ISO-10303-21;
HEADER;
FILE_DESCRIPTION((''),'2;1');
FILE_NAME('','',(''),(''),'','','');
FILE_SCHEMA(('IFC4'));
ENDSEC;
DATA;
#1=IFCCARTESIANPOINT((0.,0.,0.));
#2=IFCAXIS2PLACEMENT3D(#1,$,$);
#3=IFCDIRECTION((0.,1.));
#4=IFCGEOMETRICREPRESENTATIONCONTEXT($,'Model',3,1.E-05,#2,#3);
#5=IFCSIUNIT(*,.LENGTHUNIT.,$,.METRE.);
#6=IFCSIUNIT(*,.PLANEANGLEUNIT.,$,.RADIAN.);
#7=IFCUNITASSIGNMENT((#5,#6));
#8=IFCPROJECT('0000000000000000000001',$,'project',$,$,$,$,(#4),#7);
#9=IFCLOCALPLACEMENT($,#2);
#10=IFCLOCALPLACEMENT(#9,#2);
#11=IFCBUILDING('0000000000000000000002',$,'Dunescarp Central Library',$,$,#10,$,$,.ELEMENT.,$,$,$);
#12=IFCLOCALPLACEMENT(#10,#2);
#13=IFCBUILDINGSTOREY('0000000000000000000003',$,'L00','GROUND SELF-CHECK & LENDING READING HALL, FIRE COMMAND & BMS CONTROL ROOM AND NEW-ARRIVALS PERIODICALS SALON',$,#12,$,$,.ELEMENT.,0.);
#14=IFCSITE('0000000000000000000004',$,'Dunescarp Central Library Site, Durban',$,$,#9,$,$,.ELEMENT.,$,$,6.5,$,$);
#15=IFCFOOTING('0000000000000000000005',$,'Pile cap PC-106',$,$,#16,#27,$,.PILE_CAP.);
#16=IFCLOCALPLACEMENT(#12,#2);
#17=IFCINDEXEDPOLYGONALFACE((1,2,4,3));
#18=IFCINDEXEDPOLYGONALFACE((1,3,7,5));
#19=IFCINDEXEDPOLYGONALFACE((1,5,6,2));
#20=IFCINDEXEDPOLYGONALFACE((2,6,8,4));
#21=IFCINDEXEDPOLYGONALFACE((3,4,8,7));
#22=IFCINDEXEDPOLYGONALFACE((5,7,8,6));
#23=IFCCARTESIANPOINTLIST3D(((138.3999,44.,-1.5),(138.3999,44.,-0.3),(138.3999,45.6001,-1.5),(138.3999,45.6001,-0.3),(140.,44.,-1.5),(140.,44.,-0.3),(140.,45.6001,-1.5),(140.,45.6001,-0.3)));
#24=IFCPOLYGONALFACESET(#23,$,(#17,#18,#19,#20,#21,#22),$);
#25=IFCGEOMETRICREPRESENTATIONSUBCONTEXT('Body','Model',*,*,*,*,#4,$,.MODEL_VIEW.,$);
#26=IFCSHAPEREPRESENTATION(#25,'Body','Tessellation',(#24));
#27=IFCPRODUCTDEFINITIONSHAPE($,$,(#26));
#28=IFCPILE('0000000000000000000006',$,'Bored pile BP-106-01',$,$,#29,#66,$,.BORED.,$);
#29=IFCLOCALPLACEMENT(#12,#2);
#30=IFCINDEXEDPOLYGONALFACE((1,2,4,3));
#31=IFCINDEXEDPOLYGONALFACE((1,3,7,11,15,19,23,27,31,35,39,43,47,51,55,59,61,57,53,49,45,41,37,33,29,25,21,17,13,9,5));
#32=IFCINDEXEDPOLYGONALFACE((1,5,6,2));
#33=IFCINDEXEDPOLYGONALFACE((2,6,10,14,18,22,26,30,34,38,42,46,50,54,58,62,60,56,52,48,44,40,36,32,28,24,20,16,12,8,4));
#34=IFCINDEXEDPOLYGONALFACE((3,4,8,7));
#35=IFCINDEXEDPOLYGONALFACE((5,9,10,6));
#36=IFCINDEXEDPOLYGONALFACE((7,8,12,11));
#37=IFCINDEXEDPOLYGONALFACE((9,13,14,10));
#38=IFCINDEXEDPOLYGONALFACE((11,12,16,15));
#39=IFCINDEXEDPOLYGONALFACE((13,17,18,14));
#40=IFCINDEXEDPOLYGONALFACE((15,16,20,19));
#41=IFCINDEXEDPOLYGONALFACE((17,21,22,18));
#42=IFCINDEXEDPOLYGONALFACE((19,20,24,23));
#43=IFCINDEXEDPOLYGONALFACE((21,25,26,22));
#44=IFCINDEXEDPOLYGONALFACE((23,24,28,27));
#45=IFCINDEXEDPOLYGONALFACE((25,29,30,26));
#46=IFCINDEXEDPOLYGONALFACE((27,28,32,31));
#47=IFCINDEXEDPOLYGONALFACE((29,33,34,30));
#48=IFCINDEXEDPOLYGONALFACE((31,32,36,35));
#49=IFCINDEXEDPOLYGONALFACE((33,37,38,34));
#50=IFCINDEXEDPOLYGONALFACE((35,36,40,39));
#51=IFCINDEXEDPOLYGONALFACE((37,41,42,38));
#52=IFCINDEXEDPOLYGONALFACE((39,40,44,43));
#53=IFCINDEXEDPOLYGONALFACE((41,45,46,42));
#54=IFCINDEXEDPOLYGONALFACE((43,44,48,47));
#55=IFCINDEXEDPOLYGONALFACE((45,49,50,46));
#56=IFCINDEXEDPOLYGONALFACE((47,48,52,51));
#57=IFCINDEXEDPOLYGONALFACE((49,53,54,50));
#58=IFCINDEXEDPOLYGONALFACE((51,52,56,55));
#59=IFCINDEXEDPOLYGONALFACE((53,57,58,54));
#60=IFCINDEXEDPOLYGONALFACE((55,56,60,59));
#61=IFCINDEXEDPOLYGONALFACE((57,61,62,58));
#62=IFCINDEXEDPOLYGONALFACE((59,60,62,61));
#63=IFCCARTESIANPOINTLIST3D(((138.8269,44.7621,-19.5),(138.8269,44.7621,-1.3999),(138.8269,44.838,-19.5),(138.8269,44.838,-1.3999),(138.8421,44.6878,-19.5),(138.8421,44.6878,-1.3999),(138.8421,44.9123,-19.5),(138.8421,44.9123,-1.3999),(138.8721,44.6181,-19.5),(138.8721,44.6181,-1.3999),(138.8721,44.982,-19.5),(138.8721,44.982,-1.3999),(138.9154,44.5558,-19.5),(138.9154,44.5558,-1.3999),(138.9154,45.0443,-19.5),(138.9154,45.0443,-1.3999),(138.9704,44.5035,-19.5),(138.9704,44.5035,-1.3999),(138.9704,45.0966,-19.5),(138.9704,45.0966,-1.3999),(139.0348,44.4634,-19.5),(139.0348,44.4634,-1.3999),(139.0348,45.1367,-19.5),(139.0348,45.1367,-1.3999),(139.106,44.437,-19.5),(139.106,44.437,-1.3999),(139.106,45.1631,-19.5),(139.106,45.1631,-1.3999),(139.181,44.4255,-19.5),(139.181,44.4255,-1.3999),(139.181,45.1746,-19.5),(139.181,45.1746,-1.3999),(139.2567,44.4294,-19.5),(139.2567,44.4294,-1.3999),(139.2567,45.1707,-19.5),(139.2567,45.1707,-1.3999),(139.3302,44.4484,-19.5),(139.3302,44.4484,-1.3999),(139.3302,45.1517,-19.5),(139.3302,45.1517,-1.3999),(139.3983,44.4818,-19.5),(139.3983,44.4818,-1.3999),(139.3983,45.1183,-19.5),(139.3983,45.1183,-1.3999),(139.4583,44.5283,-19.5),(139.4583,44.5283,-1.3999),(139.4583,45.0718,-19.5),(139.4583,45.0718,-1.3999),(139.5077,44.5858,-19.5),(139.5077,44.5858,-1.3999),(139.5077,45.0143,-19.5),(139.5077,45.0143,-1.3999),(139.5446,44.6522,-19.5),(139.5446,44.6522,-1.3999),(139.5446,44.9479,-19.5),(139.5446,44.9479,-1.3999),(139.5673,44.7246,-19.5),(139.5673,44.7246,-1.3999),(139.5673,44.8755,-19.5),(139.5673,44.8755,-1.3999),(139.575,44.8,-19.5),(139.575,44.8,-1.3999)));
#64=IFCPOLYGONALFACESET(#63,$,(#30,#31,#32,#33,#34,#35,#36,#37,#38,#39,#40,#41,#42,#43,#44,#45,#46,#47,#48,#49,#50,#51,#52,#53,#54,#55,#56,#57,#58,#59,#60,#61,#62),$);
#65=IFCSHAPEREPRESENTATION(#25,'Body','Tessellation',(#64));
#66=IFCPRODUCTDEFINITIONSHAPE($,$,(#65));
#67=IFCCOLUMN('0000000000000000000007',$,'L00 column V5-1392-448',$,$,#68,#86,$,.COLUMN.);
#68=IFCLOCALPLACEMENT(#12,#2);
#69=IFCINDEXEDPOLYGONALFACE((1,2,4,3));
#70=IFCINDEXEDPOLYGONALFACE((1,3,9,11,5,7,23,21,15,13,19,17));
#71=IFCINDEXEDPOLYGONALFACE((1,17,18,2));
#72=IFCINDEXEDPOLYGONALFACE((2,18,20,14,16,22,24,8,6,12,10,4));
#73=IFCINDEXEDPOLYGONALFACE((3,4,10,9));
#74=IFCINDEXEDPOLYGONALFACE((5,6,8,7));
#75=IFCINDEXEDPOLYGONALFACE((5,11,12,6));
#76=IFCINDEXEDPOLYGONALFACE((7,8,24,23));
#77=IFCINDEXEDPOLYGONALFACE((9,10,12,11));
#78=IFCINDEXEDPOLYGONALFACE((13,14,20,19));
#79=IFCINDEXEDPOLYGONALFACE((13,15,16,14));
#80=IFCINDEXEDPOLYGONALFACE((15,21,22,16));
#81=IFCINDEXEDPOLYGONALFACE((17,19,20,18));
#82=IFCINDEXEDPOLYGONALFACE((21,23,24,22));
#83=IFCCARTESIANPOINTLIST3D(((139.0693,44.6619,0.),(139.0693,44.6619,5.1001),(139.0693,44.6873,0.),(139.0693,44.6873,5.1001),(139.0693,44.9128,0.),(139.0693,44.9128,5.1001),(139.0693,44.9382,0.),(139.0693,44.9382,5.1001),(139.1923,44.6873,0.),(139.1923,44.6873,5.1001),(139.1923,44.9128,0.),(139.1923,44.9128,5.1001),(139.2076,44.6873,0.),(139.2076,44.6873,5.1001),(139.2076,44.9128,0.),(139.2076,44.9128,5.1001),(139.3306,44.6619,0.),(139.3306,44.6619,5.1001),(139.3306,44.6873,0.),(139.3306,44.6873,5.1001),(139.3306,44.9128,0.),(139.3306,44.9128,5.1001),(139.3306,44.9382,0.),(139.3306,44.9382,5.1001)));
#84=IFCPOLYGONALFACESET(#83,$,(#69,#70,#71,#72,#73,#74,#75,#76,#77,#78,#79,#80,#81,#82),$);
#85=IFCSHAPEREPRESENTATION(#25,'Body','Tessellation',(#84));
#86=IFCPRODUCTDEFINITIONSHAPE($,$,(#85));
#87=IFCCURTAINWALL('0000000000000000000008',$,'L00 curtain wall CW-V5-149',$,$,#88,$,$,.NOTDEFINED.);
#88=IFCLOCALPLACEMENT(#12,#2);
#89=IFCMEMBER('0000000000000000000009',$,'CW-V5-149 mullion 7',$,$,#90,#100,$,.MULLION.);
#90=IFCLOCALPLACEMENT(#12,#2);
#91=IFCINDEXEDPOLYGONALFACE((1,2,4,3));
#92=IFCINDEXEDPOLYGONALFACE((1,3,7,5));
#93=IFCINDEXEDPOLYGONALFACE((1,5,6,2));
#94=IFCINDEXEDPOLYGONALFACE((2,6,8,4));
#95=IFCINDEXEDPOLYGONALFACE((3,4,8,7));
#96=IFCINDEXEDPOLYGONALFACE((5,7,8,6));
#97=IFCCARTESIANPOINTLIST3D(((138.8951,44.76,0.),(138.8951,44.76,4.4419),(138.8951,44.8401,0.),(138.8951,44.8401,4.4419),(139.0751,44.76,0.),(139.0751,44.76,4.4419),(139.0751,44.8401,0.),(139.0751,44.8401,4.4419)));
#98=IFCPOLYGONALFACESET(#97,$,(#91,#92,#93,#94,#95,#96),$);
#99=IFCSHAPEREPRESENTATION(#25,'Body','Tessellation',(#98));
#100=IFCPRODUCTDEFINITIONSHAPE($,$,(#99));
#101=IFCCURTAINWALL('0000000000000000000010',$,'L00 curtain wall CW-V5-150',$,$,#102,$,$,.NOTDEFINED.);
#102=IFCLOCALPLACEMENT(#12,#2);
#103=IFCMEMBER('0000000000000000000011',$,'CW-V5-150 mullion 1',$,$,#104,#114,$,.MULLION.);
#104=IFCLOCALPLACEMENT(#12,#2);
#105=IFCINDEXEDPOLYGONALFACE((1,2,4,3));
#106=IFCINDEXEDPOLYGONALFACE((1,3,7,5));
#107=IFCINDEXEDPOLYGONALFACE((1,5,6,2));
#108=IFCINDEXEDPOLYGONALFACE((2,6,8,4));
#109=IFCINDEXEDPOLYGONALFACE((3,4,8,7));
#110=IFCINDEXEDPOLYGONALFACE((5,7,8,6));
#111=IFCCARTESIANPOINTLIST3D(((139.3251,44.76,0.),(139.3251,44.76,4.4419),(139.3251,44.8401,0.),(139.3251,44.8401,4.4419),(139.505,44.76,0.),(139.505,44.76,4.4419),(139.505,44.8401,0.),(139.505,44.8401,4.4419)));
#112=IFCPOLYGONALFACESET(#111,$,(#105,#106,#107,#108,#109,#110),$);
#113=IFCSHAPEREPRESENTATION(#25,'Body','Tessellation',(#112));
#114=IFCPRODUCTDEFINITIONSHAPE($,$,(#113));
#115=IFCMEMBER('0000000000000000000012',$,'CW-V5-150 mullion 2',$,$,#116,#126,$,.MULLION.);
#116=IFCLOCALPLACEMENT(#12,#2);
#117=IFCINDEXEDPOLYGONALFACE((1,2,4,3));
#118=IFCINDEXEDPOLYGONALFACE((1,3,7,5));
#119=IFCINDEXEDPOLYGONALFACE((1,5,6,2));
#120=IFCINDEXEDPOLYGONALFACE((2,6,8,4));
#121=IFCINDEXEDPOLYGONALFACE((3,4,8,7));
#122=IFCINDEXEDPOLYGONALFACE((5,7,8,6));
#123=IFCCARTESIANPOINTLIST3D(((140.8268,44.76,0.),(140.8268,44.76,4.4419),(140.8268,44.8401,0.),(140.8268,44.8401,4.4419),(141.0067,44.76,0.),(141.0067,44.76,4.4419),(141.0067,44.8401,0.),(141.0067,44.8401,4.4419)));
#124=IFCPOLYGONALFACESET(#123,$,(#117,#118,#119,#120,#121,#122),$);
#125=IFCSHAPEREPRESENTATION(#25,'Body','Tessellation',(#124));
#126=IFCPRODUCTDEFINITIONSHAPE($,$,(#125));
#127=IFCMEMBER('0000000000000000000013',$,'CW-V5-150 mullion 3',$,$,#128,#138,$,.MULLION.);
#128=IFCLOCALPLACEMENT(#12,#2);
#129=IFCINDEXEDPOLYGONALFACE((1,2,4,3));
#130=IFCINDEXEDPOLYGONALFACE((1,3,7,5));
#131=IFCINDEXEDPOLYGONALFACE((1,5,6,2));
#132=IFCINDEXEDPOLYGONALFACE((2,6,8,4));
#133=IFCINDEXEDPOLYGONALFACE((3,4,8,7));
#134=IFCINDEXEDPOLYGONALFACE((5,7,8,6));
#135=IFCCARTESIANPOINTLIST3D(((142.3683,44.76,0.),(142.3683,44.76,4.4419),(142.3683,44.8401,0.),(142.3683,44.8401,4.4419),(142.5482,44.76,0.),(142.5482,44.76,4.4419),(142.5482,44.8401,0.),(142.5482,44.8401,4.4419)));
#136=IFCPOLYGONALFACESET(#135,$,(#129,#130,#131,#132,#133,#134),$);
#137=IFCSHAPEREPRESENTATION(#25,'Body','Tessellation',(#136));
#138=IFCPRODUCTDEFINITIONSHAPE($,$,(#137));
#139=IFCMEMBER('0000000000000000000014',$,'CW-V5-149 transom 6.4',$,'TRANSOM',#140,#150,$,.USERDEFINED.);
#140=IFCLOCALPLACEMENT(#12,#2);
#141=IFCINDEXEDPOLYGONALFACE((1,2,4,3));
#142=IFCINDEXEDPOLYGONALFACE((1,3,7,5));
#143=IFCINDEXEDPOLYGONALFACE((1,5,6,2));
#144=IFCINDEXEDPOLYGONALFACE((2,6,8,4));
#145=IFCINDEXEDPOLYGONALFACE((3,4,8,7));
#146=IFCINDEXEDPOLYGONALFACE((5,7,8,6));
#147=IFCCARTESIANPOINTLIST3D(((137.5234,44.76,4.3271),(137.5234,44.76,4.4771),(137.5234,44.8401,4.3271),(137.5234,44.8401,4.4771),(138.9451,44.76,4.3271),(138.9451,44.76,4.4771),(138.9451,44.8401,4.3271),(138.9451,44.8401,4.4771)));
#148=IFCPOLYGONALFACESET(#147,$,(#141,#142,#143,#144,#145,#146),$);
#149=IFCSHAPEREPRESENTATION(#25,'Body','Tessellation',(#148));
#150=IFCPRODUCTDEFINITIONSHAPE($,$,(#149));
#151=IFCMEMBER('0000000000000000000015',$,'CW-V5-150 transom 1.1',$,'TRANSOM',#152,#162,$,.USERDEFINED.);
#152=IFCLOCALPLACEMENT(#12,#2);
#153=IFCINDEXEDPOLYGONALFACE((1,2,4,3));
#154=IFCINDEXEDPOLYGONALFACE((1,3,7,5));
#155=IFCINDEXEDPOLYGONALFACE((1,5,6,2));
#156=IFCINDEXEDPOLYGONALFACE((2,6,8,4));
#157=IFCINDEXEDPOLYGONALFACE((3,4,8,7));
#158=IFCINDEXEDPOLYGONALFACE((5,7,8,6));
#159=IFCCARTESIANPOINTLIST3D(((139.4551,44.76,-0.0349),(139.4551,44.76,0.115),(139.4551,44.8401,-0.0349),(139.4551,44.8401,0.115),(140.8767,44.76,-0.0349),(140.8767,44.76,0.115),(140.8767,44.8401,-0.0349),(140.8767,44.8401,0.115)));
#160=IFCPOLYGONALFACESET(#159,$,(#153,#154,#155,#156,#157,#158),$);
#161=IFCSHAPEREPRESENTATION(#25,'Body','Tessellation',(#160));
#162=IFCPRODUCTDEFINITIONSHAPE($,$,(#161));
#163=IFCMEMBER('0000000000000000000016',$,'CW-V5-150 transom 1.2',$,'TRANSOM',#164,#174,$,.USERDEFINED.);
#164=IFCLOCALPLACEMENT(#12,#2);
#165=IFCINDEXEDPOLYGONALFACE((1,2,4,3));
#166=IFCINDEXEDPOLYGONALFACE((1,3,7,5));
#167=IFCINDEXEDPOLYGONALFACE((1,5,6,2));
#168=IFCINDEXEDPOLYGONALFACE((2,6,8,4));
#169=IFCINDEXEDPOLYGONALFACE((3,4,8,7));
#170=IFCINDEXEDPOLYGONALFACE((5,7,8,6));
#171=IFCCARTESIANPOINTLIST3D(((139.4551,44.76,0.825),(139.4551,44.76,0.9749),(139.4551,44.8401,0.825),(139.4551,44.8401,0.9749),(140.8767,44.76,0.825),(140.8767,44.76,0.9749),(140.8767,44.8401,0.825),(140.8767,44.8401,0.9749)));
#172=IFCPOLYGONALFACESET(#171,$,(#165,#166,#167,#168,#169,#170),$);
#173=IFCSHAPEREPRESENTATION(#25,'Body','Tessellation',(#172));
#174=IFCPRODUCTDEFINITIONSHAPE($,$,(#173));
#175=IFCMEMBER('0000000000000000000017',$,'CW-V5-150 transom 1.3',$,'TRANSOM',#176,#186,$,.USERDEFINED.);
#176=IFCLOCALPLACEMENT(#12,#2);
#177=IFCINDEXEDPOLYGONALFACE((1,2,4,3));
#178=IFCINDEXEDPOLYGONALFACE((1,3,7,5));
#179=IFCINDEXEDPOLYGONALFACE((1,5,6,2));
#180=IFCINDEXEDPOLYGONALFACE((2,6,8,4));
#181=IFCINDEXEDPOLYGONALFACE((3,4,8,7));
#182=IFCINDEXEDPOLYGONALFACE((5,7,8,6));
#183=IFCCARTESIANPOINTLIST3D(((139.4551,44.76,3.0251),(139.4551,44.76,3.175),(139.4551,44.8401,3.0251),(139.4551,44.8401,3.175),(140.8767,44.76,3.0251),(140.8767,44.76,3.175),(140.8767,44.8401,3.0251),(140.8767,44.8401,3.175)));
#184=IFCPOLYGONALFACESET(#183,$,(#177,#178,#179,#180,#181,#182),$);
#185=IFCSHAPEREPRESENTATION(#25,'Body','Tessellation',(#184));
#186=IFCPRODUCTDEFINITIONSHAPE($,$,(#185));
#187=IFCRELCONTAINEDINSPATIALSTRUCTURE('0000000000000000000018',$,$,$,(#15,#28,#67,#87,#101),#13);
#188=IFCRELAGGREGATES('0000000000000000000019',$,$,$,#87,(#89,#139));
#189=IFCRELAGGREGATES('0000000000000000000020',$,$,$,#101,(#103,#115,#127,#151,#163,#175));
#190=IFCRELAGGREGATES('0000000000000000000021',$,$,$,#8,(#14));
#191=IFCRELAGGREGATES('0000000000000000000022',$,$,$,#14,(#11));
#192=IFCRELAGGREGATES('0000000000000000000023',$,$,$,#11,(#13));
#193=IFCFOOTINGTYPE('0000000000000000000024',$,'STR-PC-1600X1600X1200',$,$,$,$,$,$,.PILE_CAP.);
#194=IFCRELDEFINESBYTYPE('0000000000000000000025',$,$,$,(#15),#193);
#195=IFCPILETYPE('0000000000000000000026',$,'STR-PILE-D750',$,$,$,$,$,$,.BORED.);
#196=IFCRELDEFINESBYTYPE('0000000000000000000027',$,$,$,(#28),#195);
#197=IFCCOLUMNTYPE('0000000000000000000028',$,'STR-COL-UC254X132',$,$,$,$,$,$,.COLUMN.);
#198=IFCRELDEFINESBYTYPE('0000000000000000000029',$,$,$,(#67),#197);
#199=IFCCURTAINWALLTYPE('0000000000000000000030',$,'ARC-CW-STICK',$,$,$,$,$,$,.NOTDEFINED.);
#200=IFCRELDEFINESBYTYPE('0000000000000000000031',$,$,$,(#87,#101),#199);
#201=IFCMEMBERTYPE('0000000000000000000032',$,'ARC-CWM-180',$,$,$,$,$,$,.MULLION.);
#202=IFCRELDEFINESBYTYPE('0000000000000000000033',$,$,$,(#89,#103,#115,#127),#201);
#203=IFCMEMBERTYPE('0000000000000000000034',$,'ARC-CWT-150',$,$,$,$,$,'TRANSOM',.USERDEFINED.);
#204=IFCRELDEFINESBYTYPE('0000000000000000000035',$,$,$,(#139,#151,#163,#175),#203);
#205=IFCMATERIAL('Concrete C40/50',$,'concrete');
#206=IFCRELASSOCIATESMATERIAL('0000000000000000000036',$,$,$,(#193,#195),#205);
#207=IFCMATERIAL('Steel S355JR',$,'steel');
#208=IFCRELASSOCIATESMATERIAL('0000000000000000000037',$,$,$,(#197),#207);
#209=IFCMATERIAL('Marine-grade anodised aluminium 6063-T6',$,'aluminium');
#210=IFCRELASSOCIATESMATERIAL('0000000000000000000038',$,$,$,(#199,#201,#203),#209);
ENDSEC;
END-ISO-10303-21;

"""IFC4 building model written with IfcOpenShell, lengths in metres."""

from ifc_helpers import new_model, si_unit, direction, frame, origin, origin_2d, place, context, subcontext, project, spatial, rectangle, circle, i_section, extrude, material, material_profile, profile_set, type_object, element, aggregate, save


model = new_model("IFC4")

# Units and contexts
model_context = context("Model", 3, precision=1e-05, world=origin(), true_north=direction((0.0, 1.0)))
body_context = subcontext(model_context, "Body", "Model", "MODEL_VIEW")
ifc_project = project(units=[si_unit("LENGTHUNIT", "METRE"), si_unit("PLANEANGLEUNIT", "RADIAN")], contexts=[model_context])

# Site, building, storey
site_placement = place(None, origin())
site = spatial("IfcSite", under=ifc_project, at=site_placement, Name="Dunescarp Central Library Site, Durban", CompositionType="ELEMENT", RefElevation=6.5)
building_placement = place(site_placement, origin())
building = spatial("IfcBuilding", under=site, at=building_placement, Name="Dunescarp Central Library", CompositionType="ELEMENT")
storey_placement = place(building_placement, origin())
storey = spatial("IfcBuildingStorey", under=building, at=storey_placement, Name="L00", Description="GROUND SELF-CHECK & LENDING READING HALL, FIRE COMMAND & BMS CONTROL ROOM AND NEW-ARRIVALS PERIODICALS SALON", CompositionType="ELEMENT", Elevation=0.0)

# Footing
ifc_material_1 = material(Name="Concrete C40/50", Category="concrete")
footing_type = type_object("IfcFootingType", Name="STR-PC-1600X1600X1200", PredefinedType="PILE_CAP", material=ifc_material_1)
footing_placement = place(storey_placement, frame((139.2, 44.8, -1.5), z_axis=(0.0, 0.0, 1.0), x_axis=(1.0, 0.0, 0.0)))
element("IfcFooting", 1, at=footing_placement, inside=storey, type_object=footing_type, Name="Pile cap PC-106", PredefinedType="PILE_CAP", context=body_context, shape_type="SweptSolid", body=[
    extrude(rectangle(XDim=1.6001, YDim=1.6001, at=origin_2d()), origin(), (0.0, 0.0, 1.0), 1.2),
])

# Pile
ifc_material_profile_1 = material_profile(ifc_material_1, circle(Radius=0.375, at=origin_2d()), Name="PILE D750")
ifc_profile_set_1 = profile_set([ifc_material_profile_1], Name="Concrete C40/50")
pile_type = type_object("IfcPileType", Name="STR-PILE-D750", PredefinedType="BORED", material=ifc_profile_set_1)
pile_placement = place(storey_placement, frame((139.2, 44.8, -1.3999), z_axis=(0.0, 0.0, -1.0), x_axis=(1.0, 0.0, 0.0)))
element("IfcPile", 2, at=pile_placement, inside=storey, type_object=pile_type, Name="Bored pile BP-106-01", PredefinedType="BORED", context=body_context, shape_type="SweptSolid", body=[
    extrude(circle(Radius=0.375, at=origin_2d()), origin(), (0.0, 0.0, 1.0), 18.1001),
])

# Column
ifc_material_2 = material(Name="Steel S355JR", Category="steel")
ifc_material_profile_2 = material_profile(ifc_material_2, i_section(OverallWidth=0.2612, OverallDepth=0.2764, WebThickness=0.0154, FlangeThickness=0.0254, at=origin_2d()), Name="UC 254x254x132")
ifc_profile_set_2 = profile_set([ifc_material_profile_2], Name="Steel S355JR")
column_type = type_object("IfcColumnType", Name="STR-COL-UC254X132", PredefinedType="COLUMN", material=ifc_profile_set_2)
column_placement = place(storey_placement, frame((139.2, 44.8, 0.0), z_axis=(0.0, 0.0, 1.0), x_axis=(1.0, 0.0, 0.0)))
element("IfcColumn", 3, at=column_placement, inside=storey, type_object=column_type, Name="L00 column V5-1392-448", PredefinedType="COLUMN", context=body_context, shape_type="SweptSolid", body=[
    extrude(i_section(OverallWidth=0.2612, OverallDepth=0.2764, WebThickness=0.0154, FlangeThickness=0.0254, at=origin_2d()), origin(), (0.0, 0.0, 1.0), 5.1001),
])

# Curtain wall, member
ifc_material_3 = material(Name="Marine-grade anodised aluminium 6063-T6", Category="aluminium")
curtain_wall_type = type_object("IfcCurtainWallType", Name="ARC-CW-STICK", PredefinedType="NOTDEFINED", material=ifc_material_3)
curtain_wall_1_placement = place(storey_placement, origin())
curtain_wall_1 = element("IfcCurtainWall", 4, at=curtain_wall_1_placement, inside=storey, type_object=curtain_wall_type, Name="L00 curtain wall CW-V5-149", PredefinedType="NOTDEFINED")
ifc_material_profile_3 = material_profile(ifc_material_3, rectangle(XDim=0.0801, YDim=0.1799, at=origin_2d()), Name="AL 80x180")
ifc_profile_set_3 = profile_set([ifc_material_profile_3], Name="Marine-grade anodised aluminium 6063-T6")
member_type_1 = type_object("IfcMemberType", Name="ARC-CWM-180", PredefinedType="MULLION", material=ifc_profile_set_3)
member_1_placement = place(storey_placement, frame((138.9851, 44.8, 0.0), z_axis=(0.0, 0.0, 1.0), x_axis=(0.0, 1.0, 0.0)))
member_1 = element("IfcMember", 5, at=member_1_placement, type_object=member_type_1, Name="CW-V5-149 mullion 7", PredefinedType="MULLION", context=body_context, shape_type="SweptSolid", body=[
    extrude(rectangle(XDim=0.0801, YDim=0.1799, at=origin_2d()), origin(), (0.0, 0.0, 1.0), 4.4419),
])

# Curtain wall, members
curtain_wall_2_placement = place(storey_placement, origin())
curtain_wall_2 = element("IfcCurtainWall", 6, at=curtain_wall_2_placement, inside=storey, type_object=curtain_wall_type, Name="L00 curtain wall CW-V5-150", PredefinedType="NOTDEFINED")
member_2_placement = place(storey_placement, frame((139.415, 44.8, 0.0), z_axis=(0.0, 0.0, 1.0), x_axis=(0.0, 1.0, 0.0)))
member_2 = element("IfcMember", 7, at=member_2_placement, type_object=member_type_1, Name="CW-V5-150 mullion 1", PredefinedType="MULLION", context=body_context, shape_type="SweptSolid", body=[
    extrude(rectangle(XDim=0.0801, YDim=0.1799, at=origin_2d()), origin(), (0.0, 0.0, 1.0), 4.4419),
])
member_3_placement = place(storey_placement, frame((140.9167, 44.8, 0.0), z_axis=(0.0, 0.0, 1.0), x_axis=(0.0, 1.0, 0.0)))
member_3 = element("IfcMember", 8, at=member_3_placement, type_object=member_type_1, Name="CW-V5-150 mullion 2", PredefinedType="MULLION", context=body_context, shape_type="SweptSolid", body=[
    extrude(rectangle(XDim=0.0801, YDim=0.1799, at=origin_2d()), origin(), (0.0, 0.0, 1.0), 4.4419),
])
member_4_placement = place(storey_placement, frame((142.4583, 44.8, 0.0), z_axis=(0.0, 0.0, 1.0), x_axis=(0.0, 1.0, 0.0)))
member_4 = element("IfcMember", 9, at=member_4_placement, type_object=member_type_1, Name="CW-V5-150 mullion 3", PredefinedType="MULLION", context=body_context, shape_type="SweptSolid", body=[
    extrude(rectangle(XDim=0.0801, YDim=0.1799, at=origin_2d()), origin(), (0.0, 0.0, 1.0), 4.4419),
])

# Members
ifc_material_profile_4 = material_profile(ifc_material_3, rectangle(XDim=0.0801, YDim=0.1499, at=origin_2d()), Name="AL 80x150")
ifc_profile_set_4 = profile_set([ifc_material_profile_4], Name="Marine-grade anodised aluminium 6063-T6")
member_type_2 = type_object("IfcMemberType", Name="ARC-CWT-150", ElementType="TRANSOM", PredefinedType="USERDEFINED", material=ifc_profile_set_4)
member_5_placement = place(storey_placement, frame((137.5234, 44.8, 4.4021), z_axis=(1.0, 0.0, 0.0), x_axis=(0.0, 1.0, 0.0)))
member_5 = element("IfcMember", 10, at=member_5_placement, type_object=member_type_2, Name="CW-V5-149 transom 6.4", ObjectType="TRANSOM", PredefinedType="USERDEFINED", context=body_context, shape_type="SweptSolid", body=[
    extrude(rectangle(XDim=0.0801, YDim=0.1499, at=origin_2d()), origin(), (0.0, 0.0, 1.0), 1.4216),
])
member_6_placement = place(storey_placement, frame((139.4551, 44.8, 0.04), z_axis=(1.0, 0.0, 0.0), x_axis=(0.0, 1.0, 0.0)))
member_6 = element("IfcMember", 11, at=member_6_placement, type_object=member_type_2, Name="CW-V5-150 transom 1.1", ObjectType="TRANSOM", PredefinedType="USERDEFINED", context=body_context, shape_type="SweptSolid", body=[
    extrude(rectangle(XDim=0.0801, YDim=0.1499, at=origin_2d()), origin(), (0.0, 0.0, 1.0), 1.4216),
])
member_7_placement = place(storey_placement, frame((139.4551, 44.8, 0.8999), z_axis=(1.0, 0.0, 0.0), x_axis=(0.0, 1.0, 0.0)))
member_7 = element("IfcMember", 12, at=member_7_placement, type_object=member_type_2, Name="CW-V5-150 transom 1.2", ObjectType="TRANSOM", PredefinedType="USERDEFINED", context=body_context, shape_type="SweptSolid", body=[
    extrude(rectangle(XDim=0.0801, YDim=0.1499, at=origin_2d()), origin(), (0.0, 0.0, 1.0), 1.4216),
])
member_8_placement = place(storey_placement, frame((139.4551, 44.8, 3.1001), z_axis=(1.0, 0.0, 0.0), x_axis=(0.0, 1.0, 0.0)))
member_8 = element("IfcMember", 13, at=member_8_placement, type_object=member_type_2, Name="CW-V5-150 transom 1.3", ObjectType="TRANSOM", PredefinedType="USERDEFINED", context=body_context, shape_type="SweptSolid", body=[
    extrude(rectangle(XDim=0.0801, YDim=0.1499, at=origin_2d()), origin(), (0.0, 0.0, 1.0), 1.4216),
])

aggregate(curtain_wall_1, [member_1, member_5])
aggregate(curtain_wall_2, [member_2, member_3, member_4, member_6, member_7, member_8])

save(model, "model.ifc")
